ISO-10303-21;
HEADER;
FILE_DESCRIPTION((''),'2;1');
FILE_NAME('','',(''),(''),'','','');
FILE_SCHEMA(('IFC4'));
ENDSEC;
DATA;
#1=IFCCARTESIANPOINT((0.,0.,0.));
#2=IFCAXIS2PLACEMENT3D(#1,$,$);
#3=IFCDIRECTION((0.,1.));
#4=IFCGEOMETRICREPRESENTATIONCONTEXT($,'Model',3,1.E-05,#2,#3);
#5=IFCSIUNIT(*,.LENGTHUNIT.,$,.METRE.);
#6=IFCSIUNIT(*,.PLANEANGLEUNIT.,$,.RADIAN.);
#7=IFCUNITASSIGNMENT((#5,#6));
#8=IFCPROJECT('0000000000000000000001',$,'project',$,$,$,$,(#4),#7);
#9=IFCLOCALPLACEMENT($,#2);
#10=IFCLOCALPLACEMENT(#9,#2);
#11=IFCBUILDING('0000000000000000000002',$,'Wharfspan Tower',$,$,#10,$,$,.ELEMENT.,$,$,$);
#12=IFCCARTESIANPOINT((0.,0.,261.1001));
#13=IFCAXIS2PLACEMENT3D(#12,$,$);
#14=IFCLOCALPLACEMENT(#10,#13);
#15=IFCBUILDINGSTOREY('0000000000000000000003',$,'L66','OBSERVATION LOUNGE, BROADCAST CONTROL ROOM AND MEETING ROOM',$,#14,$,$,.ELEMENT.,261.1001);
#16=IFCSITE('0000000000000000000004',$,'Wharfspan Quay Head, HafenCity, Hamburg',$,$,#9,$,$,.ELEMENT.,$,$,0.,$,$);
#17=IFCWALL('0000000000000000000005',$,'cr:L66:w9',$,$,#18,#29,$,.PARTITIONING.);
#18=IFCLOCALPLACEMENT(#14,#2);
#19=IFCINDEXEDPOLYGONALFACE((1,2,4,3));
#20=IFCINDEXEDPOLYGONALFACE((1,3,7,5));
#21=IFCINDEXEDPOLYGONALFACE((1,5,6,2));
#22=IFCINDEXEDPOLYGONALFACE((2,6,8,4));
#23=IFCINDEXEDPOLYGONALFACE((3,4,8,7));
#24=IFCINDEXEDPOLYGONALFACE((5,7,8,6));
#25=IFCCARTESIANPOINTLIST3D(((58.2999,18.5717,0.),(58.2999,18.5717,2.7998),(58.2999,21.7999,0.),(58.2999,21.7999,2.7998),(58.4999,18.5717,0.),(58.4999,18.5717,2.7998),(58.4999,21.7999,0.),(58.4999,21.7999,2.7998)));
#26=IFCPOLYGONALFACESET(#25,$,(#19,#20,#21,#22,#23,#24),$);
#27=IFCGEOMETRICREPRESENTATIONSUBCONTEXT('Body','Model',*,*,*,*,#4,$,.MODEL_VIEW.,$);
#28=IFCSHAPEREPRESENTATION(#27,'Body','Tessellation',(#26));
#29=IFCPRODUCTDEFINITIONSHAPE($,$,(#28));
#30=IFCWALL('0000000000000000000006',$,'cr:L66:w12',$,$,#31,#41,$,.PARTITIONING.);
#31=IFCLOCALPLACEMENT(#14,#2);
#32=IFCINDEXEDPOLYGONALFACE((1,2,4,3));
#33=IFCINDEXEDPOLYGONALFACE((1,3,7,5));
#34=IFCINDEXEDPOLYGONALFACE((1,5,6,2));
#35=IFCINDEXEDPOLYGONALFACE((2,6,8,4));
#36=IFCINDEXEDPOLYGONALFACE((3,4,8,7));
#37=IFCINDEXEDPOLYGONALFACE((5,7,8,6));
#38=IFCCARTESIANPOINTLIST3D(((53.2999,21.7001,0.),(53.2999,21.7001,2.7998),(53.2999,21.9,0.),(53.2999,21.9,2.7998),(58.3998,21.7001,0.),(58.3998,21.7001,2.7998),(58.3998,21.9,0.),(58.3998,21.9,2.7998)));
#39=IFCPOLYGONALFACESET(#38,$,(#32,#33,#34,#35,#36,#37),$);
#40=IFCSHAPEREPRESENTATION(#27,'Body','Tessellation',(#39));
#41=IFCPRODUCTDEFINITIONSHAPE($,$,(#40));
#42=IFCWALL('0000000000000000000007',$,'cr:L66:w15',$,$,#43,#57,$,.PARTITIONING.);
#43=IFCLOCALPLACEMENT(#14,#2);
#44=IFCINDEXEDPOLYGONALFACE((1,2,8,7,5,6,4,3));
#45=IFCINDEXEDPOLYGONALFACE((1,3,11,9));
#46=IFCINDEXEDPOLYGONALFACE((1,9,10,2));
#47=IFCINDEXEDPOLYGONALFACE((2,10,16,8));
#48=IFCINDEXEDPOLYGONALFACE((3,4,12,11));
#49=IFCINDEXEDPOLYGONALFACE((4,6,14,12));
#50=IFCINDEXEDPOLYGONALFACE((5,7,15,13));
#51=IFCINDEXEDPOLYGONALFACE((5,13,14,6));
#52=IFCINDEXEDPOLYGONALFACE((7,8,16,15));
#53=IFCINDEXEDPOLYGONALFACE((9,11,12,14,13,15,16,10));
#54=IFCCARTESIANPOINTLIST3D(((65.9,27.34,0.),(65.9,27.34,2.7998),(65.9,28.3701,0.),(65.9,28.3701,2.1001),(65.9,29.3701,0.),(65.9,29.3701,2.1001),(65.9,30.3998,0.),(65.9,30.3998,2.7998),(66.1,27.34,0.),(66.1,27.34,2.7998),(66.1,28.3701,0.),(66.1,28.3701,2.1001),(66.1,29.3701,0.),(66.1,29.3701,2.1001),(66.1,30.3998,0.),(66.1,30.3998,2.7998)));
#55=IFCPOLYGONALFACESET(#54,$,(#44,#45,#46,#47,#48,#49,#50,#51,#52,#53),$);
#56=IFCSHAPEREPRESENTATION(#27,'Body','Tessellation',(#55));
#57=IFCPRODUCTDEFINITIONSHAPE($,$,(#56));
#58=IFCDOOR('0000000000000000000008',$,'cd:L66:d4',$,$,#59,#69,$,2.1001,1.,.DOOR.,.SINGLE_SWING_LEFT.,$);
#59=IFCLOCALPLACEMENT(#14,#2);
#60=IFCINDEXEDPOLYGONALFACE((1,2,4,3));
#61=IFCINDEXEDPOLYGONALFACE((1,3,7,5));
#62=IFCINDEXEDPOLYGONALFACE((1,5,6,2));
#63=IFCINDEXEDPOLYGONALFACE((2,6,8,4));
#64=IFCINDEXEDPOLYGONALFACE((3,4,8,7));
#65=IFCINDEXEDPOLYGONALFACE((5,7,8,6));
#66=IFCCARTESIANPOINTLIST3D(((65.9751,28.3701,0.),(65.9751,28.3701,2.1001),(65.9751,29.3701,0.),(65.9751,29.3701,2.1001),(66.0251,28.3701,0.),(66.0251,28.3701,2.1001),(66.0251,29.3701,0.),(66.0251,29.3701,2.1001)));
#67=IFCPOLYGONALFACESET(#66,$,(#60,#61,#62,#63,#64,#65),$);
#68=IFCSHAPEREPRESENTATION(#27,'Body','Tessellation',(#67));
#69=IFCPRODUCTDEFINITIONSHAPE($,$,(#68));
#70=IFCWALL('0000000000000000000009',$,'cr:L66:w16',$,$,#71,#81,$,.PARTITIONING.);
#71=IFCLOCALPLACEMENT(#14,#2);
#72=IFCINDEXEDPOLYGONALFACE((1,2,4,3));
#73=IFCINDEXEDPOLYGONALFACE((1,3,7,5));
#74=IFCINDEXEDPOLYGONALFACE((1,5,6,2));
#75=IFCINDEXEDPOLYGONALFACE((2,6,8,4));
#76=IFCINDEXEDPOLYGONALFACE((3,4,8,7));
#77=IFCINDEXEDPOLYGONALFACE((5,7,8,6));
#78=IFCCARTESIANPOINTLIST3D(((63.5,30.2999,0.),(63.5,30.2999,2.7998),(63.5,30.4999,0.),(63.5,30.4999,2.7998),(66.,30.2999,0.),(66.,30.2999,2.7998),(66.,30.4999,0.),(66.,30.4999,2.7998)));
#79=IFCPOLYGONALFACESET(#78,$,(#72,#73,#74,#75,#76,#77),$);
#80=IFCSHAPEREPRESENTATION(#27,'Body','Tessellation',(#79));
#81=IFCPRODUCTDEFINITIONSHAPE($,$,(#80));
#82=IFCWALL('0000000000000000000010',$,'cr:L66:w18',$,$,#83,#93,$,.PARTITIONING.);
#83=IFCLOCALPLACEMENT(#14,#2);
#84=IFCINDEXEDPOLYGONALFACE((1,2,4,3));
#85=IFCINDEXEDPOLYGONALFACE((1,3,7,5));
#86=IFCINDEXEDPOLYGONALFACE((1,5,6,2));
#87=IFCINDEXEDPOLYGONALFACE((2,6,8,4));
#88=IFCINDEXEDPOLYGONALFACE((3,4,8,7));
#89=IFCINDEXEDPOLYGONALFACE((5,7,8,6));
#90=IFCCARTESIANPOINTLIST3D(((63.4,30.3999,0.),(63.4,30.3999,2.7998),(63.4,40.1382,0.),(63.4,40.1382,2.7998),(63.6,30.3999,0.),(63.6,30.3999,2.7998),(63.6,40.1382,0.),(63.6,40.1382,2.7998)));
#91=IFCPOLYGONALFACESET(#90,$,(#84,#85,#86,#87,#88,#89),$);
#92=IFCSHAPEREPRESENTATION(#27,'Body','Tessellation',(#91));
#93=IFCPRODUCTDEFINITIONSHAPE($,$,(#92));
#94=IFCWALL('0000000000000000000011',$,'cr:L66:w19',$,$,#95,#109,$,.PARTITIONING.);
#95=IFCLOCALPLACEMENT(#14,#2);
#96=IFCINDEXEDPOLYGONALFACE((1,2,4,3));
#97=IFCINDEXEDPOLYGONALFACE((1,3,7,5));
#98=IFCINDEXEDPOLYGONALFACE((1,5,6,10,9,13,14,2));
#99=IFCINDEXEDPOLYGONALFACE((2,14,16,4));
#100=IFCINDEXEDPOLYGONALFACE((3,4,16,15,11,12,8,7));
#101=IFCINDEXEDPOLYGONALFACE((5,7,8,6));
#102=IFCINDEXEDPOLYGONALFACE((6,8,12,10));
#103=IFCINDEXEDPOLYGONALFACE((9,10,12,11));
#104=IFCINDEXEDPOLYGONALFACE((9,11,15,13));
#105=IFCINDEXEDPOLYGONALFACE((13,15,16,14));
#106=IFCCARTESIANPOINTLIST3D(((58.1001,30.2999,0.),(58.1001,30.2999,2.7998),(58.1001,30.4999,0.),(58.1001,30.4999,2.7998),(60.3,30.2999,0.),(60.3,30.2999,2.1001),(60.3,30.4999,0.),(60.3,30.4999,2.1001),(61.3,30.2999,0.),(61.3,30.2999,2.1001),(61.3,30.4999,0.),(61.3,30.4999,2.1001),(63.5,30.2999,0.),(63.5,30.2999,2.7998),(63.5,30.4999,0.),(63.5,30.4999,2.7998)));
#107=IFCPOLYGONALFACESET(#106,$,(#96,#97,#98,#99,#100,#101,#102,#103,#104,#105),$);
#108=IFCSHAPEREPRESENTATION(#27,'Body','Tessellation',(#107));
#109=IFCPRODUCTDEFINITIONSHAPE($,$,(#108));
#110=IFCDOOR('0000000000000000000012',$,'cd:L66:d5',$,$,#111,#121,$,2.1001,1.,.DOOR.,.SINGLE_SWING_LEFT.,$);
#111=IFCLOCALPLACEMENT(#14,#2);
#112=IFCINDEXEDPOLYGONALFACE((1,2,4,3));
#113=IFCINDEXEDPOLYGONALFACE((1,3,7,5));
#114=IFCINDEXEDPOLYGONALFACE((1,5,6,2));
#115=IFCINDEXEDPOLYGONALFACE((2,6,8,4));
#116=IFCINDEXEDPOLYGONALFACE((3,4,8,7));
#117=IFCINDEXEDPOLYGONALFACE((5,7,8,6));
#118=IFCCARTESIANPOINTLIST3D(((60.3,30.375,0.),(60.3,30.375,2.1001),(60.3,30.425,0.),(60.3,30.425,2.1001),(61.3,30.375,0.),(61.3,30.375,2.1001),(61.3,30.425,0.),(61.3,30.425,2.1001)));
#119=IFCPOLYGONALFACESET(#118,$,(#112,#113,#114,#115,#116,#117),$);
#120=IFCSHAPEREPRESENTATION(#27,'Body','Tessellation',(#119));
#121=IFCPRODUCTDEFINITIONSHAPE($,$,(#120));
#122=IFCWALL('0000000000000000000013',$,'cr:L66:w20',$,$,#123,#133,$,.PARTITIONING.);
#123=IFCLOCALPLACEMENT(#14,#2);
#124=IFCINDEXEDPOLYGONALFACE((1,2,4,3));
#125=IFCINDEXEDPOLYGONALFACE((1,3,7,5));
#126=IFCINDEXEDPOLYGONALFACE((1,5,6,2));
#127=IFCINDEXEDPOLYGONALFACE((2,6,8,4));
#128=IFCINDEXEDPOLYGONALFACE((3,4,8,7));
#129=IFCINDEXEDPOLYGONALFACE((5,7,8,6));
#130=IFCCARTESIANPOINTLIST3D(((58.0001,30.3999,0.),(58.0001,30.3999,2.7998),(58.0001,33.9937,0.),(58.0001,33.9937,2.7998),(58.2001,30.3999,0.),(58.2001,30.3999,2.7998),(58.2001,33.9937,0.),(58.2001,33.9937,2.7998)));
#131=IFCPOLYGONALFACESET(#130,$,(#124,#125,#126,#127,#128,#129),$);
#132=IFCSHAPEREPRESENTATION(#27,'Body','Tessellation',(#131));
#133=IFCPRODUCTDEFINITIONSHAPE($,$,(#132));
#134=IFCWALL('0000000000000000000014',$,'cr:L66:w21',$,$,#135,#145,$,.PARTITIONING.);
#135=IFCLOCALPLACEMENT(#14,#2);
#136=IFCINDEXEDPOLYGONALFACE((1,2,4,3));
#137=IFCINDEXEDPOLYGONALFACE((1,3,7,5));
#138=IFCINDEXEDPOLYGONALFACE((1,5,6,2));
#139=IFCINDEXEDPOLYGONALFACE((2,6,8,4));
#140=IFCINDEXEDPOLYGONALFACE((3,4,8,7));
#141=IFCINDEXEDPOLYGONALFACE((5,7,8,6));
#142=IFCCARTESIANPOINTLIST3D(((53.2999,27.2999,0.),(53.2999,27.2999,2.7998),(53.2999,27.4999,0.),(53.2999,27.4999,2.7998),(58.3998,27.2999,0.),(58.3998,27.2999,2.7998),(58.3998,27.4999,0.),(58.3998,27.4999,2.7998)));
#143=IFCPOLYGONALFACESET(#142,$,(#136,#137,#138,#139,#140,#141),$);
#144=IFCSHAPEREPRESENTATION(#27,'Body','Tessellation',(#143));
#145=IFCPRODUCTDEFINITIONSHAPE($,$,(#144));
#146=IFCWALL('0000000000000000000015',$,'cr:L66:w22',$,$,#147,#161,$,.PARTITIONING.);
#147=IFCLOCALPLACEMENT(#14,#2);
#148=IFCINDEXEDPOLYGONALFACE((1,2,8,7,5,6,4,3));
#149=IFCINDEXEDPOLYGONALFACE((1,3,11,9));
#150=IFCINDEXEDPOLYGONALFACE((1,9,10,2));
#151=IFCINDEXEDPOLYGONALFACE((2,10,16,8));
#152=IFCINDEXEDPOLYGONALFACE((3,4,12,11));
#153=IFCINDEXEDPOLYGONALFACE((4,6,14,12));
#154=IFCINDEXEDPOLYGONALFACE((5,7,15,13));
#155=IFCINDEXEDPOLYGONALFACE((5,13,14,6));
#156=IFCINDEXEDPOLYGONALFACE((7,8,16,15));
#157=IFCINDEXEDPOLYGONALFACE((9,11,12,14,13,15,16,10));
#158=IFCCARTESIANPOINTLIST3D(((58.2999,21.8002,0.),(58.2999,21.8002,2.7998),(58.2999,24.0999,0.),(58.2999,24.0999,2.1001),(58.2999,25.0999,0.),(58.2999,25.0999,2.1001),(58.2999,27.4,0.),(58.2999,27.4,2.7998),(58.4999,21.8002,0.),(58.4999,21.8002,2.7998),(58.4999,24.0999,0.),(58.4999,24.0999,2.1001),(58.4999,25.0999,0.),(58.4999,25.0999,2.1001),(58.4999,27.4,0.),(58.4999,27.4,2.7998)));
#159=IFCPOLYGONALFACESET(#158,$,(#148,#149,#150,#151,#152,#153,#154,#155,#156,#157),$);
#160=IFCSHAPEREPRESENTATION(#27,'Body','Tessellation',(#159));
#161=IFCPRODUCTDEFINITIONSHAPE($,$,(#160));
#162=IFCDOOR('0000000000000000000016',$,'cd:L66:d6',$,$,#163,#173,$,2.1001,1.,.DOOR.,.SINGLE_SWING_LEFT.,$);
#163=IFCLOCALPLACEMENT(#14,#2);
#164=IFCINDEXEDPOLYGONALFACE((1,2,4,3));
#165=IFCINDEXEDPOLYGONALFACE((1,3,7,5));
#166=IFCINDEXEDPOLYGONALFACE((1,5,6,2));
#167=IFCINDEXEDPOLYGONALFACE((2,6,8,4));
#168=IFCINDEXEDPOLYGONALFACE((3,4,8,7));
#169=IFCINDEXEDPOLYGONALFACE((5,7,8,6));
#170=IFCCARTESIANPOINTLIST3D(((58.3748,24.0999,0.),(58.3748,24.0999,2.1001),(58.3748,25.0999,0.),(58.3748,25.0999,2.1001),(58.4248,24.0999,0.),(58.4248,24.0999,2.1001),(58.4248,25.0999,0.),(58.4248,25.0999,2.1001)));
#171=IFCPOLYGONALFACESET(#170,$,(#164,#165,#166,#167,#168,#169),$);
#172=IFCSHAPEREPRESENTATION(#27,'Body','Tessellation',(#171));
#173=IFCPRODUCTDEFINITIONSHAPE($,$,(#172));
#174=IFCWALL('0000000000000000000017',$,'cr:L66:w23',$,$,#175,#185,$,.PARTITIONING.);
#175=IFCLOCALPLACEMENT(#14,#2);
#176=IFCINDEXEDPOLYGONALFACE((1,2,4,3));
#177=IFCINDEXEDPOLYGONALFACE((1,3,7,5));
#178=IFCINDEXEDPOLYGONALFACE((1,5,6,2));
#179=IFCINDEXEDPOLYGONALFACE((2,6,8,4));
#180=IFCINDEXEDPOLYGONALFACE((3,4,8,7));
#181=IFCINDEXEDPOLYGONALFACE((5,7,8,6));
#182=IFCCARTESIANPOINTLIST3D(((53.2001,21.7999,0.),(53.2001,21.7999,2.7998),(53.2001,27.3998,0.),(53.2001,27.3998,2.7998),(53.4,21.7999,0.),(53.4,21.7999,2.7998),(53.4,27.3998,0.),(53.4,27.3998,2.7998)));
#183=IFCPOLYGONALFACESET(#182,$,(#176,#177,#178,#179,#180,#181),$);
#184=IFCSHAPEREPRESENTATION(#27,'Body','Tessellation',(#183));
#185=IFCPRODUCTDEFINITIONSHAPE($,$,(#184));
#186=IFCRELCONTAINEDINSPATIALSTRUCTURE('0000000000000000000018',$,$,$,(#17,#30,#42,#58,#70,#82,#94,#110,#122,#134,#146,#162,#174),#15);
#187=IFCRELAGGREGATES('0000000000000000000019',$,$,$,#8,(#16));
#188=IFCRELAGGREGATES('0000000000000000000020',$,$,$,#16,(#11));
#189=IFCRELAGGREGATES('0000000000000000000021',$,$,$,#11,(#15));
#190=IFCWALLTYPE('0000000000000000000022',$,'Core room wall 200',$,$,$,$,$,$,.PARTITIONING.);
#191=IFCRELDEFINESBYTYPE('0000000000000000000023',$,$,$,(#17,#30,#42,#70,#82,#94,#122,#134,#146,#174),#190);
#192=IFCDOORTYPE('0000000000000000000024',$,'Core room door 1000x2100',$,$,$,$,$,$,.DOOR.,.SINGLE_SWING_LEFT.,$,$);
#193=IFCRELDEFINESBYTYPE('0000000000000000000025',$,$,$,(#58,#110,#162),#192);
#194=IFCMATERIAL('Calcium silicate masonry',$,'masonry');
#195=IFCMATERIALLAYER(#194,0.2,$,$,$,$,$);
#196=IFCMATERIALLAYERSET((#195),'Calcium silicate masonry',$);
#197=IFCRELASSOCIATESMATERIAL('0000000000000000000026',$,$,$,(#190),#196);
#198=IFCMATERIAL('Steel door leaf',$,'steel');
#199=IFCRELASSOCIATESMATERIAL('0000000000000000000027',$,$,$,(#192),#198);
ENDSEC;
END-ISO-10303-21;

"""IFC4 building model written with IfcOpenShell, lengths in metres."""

from ifc_helpers import new_model, si_unit, direction, frame, frame_2d, origin, place, context, subcontext, project, spatial, rectangle, extrude, material, layer, layer_set, type_object, element, fill, save


model = new_model("IFC4")

# Units and contexts
model_context = context("Model", 3, precision=1e-05, world=origin(), true_north=direction((0.0, 1.0)))
body_context = subcontext(model_context, "Body", "Model", "MODEL_VIEW")
ifc_project = project(units=[si_unit("LENGTHUNIT", "METRE"), si_unit("PLANEANGLEUNIT", "RADIAN")], contexts=[model_context])

# Site, building, storey
site_placement = place(None, origin())
site = spatial("IfcSite", under=ifc_project, at=site_placement, Name="Wharfspan Quay Head, HafenCity, Hamburg", CompositionType="ELEMENT", RefElevation=0.0)
building_placement = place(site_placement, origin())
building = spatial("IfcBuilding", under=site, at=building_placement, Name="Wharfspan Tower", CompositionType="ELEMENT")
storey_placement = place(building_placement, frame((0.0, 0.0, 261.1001)))
storey = spatial("IfcBuildingStorey", under=building, at=storey_placement, Name="L66", Description="OBSERVATION LOUNGE, BROADCAST CONTROL ROOM AND MEETING ROOM", CompositionType="ELEMENT", Elevation=261.1001)

# Walls
ifc_material_1 = material(Name="Calcium silicate masonry", Category="masonry")
ifc_layer_1 = layer(ifc_material_1, 0.2)
ifc_layer_set_1 = layer_set([ifc_layer_1], Name="Calcium silicate masonry")
wall_type_1 = type_object("IfcWallType", Name="Core room wall 200", PredefinedType="PARTITIONING", material=ifc_layer_set_1)
wall_1_placement = place(storey_placement, frame((58.3999, 21.8, 0.0), z_axis=(0.0, 0.0, 1.0), x_axis=(0.0, -1.0, 0.0)))
element("IfcWall", 1, at=wall_1_placement, inside=storey, type_object=wall_type_1, Name="cr:L66:w9", PredefinedType="PARTITIONING", context=body_context, shape_type="SweptSolid", body=[
    extrude(rectangle(XDim=3.2283, YDim=0.2, at=frame_2d((1.6143, 0.0))), origin(), (0.0, 0.0, 1.0), 2.7998),
])
wall_2_placement = place(storey_placement, frame((53.3, 21.8, 0.0), z_axis=(0.0, 0.0, 1.0), x_axis=(1.0, 0.0, 0.0)))
element("IfcWall", 2, at=wall_2_placement, inside=storey, type_object=wall_type_1, Name="cr:L66:w12", PredefinedType="PARTITIONING", context=body_context, shape_type="SweptSolid", body=[
    extrude(rectangle(XDim=5.0999, YDim=0.2, at=frame_2d((2.5498, 0.0))), origin(), (0.0, 0.0, 1.0), 2.7998),
])

# Wall, opening, door
wall_3_placement = place(storey_placement, frame((66.0, 27.3401, 0.0), z_axis=(0.0, 0.0, 1.0), x_axis=(0.0, 1.0, 0.0)))
wall_3 = element("IfcWall", 3, at=wall_3_placement, inside=storey, type_object=wall_type_1, Name="cr:L66:w15", PredefinedType="PARTITIONING", context=body_context, shape_type="SweptSolid", body=[
    extrude(rectangle(XDim=3.0598, YDim=0.2, at=frame_2d((1.5298, 0.0))), origin(), (0.0, 0.0, 1.0), 2.7998),
])
opening_1_placement = place(wall_3_placement, frame((1.03, 0.0, 0.0)))
opening_1 = element("IfcOpeningElement", 4, at=opening_1_placement, cuts=wall_3, PredefinedType="OPENING", context=body_context, shape_type="SweptSolid", body=[
    extrude(rectangle(XDim=1.0, YDim=2.1001, at=frame_2d((0.5, 1.05))), frame((0.0, 0.1099, 0.0), z_axis=(0.0, -1.0, 0.0), x_axis=(1.0, 0.0, 0.0)), (0.0, 0.0, 1.0), 0.22),
])
ifc_material_2 = material(Name="Steel door leaf", Category="steel")
door_type_1 = type_object("IfcDoorType", Name="Core room door 1000x2100", OperationType="SINGLE_SWING_LEFT", PredefinedType="DOOR", material=ifc_material_2)
door_1_placement = place(opening_1_placement, origin())
door_1 = element("IfcDoor", 5, at=door_1_placement, inside=storey, type_object=door_type_1, Name="cd:L66:d4", OperationType="SINGLE_SWING_LEFT", OverallHeight=2.1001, OverallWidth=1.0, PredefinedType="DOOR", context=body_context, shape_type="SweptSolid", body=[
    extrude(rectangle(XDim=1.0, YDim=2.1001, at=frame_2d((0.5, 1.05))), frame((0.0, 0.0249, 0.0), z_axis=(0.0, -1.0, 0.0), x_axis=(1.0, 0.0, 0.0)), (0.0, 0.0, 1.0), 0.05),
])
fill(opening_1, door_1)

# Walls
wall_4_placement = place(storey_placement, frame((66.0, 30.3999, 0.0), z_axis=(0.0, 0.0, 1.0), x_axis=(-1.0, 0.0, 0.0)))
element("IfcWall", 6, at=wall_4_placement, inside=storey, type_object=wall_type_1, Name="cr:L66:w16", PredefinedType="PARTITIONING", context=body_context, shape_type="SweptSolid", body=[
    extrude(rectangle(XDim=2.5, YDim=0.2, at=frame_2d((1.25, 0.0))), origin(), (0.0, 0.0, 1.0), 2.7998),
])
wall_5_placement = place(storey_placement, frame((63.5, 30.3999, 0.0), z_axis=(0.0, 0.0, 1.0), x_axis=(0.0, 1.0, 0.0)))
element("IfcWall", 7, at=wall_5_placement, inside=storey, type_object=wall_type_1, Name="cr:L66:w18", PredefinedType="PARTITIONING", context=body_context, shape_type="SweptSolid", body=[
    extrude(rectangle(XDim=9.7383, YDim=0.2, at=frame_2d((4.8691, 0.0))), origin(), (0.0, 0.0, 1.0), 2.7998),
])

# Wall, opening, door
wall_6_placement = place(storey_placement, frame((63.5, 30.3999, 0.0), z_axis=(0.0, 0.0, 1.0), x_axis=(-1.0, 0.0, 0.0)))
wall_6 = element("IfcWall", 8, at=wall_6_placement, inside=storey, type_object=wall_type_1, Name="cr:L66:w19", PredefinedType="PARTITIONING", context=body_context, shape_type="SweptSolid", body=[
    extrude(rectangle(XDim=5.3999, YDim=0.2, at=frame_2d((2.7, 0.0))), origin(), (0.0, 0.0, 1.0), 2.7998),
])
opening_2_placement = place(wall_6_placement, frame((2.2, 0.0, 0.0)))
opening_2 = element("IfcOpeningElement", 9, at=opening_2_placement, cuts=wall_6, PredefinedType="OPENING", context=body_context, shape_type="SweptSolid", body=[
    extrude(rectangle(XDim=1.0, YDim=2.1001, at=frame_2d((0.5, 1.05))), frame((0.0, 0.1099, 0.0), z_axis=(0.0, -1.0, 0.0), x_axis=(1.0, 0.0, 0.0)), (0.0, 0.0, 1.0), 0.22),
])
door_2_placement = place(opening_2_placement, origin())
door_2 = element("IfcDoor", 10, at=door_2_placement, inside=storey, type_object=door_type_1, Name="cd:L66:d5", OperationType="SINGLE_SWING_LEFT", OverallHeight=2.1001, OverallWidth=1.0, PredefinedType="DOOR", context=body_context, shape_type="SweptSolid", body=[
    extrude(rectangle(XDim=1.0, YDim=2.1001, at=frame_2d((0.5, 1.05))), frame((0.0, 0.0249, 0.0), z_axis=(0.0, -1.0, 0.0), x_axis=(1.0, 0.0, 0.0)), (0.0, 0.0, 1.0), 0.05),
])
fill(opening_2, door_2)

# Walls
wall_7_placement = place(storey_placement, frame((58.1001, 30.3999, 0.0), z_axis=(0.0, 0.0, 1.0), x_axis=(0.0, 1.0, 0.0)))
element("IfcWall", 11, at=wall_7_placement, inside=storey, type_object=wall_type_1, Name="cr:L66:w20", PredefinedType="PARTITIONING", context=body_context, shape_type="SweptSolid", body=[
    extrude(rectangle(XDim=3.5938, YDim=0.2, at=frame_2d((1.7969, 0.0))), origin(), (0.0, 0.0, 1.0), 2.7998),
])
wall_8_placement = place(storey_placement, frame((53.3, 27.3999, 0.0), z_axis=(0.0, 0.0, 1.0), x_axis=(1.0, 0.0, 0.0)))
element("IfcWall", 12, at=wall_8_placement, inside=storey, type_object=wall_type_1, Name="cr:L66:w21", PredefinedType="PARTITIONING", context=body_context, shape_type="SweptSolid", body=[
    extrude(rectangle(XDim=5.0999, YDim=0.2, at=frame_2d((2.5498, 0.0))), origin(), (0.0, 0.0, 1.0), 2.7998),
])

# Wall, opening, door
wall_9_placement = place(storey_placement, frame((58.3999, 27.3999, 0.0), z_axis=(0.0, 0.0, 1.0), x_axis=(0.0, -1.0, 0.0)))
wall_9 = element("IfcWall", 13, at=wall_9_placement, inside=storey, type_object=wall_type_1, Name="cr:L66:w22", PredefinedType="PARTITIONING", context=body_context, shape_type="SweptSolid", body=[
    extrude(rectangle(XDim=5.5999, YDim=0.2, at=frame_2d((2.7998, 0.0))), origin(), (0.0, 0.0, 1.0), 2.7998),
])
opening_3_placement = place(wall_9_placement, frame((2.3, 0.0, 0.0)))
opening_3 = element("IfcOpeningElement", 14, at=opening_3_placement, cuts=wall_9, PredefinedType="OPENING", context=body_context, shape_type="SweptSolid", body=[
    extrude(rectangle(XDim=1.0, YDim=2.1001, at=frame_2d((0.5, 1.05))), frame((0.0, 0.1099, 0.0), z_axis=(0.0, -1.0, 0.0), x_axis=(1.0, 0.0, 0.0)), (0.0, 0.0, 1.0), 0.22),
])
door_3_placement = place(opening_3_placement, origin())
door_3 = element("IfcDoor", 15, at=door_3_placement, inside=storey, type_object=door_type_1, Name="cd:L66:d6", OperationType="SINGLE_SWING_LEFT", OverallHeight=2.1001, OverallWidth=1.0, PredefinedType="DOOR", context=body_context, shape_type="SweptSolid", body=[
    extrude(rectangle(XDim=1.0, YDim=2.1001, at=frame_2d((0.5, 1.05))), frame((0.0, 0.0249, 0.0), z_axis=(0.0, -1.0, 0.0), x_axis=(1.0, 0.0, 0.0)), (0.0, 0.0, 1.0), 0.05),
])
fill(opening_3, door_3)

# Wall
wall_10_placement = place(storey_placement, frame((53.3, 21.8, 0.0), z_axis=(0.0, 0.0, 1.0), x_axis=(0.0, 1.0, 0.0)))
element("IfcWall", 16, at=wall_10_placement, inside=storey, type_object=wall_type_1, Name="cr:L66:w23", PredefinedType="PARTITIONING", context=body_context, shape_type="SweptSolid", body=[
    extrude(rectangle(XDim=5.5999, YDim=0.2, at=frame_2d((2.7998, 0.0))), origin(), (0.0, 0.0, 1.0), 2.7998),
])

save(model, "model.ifc")
